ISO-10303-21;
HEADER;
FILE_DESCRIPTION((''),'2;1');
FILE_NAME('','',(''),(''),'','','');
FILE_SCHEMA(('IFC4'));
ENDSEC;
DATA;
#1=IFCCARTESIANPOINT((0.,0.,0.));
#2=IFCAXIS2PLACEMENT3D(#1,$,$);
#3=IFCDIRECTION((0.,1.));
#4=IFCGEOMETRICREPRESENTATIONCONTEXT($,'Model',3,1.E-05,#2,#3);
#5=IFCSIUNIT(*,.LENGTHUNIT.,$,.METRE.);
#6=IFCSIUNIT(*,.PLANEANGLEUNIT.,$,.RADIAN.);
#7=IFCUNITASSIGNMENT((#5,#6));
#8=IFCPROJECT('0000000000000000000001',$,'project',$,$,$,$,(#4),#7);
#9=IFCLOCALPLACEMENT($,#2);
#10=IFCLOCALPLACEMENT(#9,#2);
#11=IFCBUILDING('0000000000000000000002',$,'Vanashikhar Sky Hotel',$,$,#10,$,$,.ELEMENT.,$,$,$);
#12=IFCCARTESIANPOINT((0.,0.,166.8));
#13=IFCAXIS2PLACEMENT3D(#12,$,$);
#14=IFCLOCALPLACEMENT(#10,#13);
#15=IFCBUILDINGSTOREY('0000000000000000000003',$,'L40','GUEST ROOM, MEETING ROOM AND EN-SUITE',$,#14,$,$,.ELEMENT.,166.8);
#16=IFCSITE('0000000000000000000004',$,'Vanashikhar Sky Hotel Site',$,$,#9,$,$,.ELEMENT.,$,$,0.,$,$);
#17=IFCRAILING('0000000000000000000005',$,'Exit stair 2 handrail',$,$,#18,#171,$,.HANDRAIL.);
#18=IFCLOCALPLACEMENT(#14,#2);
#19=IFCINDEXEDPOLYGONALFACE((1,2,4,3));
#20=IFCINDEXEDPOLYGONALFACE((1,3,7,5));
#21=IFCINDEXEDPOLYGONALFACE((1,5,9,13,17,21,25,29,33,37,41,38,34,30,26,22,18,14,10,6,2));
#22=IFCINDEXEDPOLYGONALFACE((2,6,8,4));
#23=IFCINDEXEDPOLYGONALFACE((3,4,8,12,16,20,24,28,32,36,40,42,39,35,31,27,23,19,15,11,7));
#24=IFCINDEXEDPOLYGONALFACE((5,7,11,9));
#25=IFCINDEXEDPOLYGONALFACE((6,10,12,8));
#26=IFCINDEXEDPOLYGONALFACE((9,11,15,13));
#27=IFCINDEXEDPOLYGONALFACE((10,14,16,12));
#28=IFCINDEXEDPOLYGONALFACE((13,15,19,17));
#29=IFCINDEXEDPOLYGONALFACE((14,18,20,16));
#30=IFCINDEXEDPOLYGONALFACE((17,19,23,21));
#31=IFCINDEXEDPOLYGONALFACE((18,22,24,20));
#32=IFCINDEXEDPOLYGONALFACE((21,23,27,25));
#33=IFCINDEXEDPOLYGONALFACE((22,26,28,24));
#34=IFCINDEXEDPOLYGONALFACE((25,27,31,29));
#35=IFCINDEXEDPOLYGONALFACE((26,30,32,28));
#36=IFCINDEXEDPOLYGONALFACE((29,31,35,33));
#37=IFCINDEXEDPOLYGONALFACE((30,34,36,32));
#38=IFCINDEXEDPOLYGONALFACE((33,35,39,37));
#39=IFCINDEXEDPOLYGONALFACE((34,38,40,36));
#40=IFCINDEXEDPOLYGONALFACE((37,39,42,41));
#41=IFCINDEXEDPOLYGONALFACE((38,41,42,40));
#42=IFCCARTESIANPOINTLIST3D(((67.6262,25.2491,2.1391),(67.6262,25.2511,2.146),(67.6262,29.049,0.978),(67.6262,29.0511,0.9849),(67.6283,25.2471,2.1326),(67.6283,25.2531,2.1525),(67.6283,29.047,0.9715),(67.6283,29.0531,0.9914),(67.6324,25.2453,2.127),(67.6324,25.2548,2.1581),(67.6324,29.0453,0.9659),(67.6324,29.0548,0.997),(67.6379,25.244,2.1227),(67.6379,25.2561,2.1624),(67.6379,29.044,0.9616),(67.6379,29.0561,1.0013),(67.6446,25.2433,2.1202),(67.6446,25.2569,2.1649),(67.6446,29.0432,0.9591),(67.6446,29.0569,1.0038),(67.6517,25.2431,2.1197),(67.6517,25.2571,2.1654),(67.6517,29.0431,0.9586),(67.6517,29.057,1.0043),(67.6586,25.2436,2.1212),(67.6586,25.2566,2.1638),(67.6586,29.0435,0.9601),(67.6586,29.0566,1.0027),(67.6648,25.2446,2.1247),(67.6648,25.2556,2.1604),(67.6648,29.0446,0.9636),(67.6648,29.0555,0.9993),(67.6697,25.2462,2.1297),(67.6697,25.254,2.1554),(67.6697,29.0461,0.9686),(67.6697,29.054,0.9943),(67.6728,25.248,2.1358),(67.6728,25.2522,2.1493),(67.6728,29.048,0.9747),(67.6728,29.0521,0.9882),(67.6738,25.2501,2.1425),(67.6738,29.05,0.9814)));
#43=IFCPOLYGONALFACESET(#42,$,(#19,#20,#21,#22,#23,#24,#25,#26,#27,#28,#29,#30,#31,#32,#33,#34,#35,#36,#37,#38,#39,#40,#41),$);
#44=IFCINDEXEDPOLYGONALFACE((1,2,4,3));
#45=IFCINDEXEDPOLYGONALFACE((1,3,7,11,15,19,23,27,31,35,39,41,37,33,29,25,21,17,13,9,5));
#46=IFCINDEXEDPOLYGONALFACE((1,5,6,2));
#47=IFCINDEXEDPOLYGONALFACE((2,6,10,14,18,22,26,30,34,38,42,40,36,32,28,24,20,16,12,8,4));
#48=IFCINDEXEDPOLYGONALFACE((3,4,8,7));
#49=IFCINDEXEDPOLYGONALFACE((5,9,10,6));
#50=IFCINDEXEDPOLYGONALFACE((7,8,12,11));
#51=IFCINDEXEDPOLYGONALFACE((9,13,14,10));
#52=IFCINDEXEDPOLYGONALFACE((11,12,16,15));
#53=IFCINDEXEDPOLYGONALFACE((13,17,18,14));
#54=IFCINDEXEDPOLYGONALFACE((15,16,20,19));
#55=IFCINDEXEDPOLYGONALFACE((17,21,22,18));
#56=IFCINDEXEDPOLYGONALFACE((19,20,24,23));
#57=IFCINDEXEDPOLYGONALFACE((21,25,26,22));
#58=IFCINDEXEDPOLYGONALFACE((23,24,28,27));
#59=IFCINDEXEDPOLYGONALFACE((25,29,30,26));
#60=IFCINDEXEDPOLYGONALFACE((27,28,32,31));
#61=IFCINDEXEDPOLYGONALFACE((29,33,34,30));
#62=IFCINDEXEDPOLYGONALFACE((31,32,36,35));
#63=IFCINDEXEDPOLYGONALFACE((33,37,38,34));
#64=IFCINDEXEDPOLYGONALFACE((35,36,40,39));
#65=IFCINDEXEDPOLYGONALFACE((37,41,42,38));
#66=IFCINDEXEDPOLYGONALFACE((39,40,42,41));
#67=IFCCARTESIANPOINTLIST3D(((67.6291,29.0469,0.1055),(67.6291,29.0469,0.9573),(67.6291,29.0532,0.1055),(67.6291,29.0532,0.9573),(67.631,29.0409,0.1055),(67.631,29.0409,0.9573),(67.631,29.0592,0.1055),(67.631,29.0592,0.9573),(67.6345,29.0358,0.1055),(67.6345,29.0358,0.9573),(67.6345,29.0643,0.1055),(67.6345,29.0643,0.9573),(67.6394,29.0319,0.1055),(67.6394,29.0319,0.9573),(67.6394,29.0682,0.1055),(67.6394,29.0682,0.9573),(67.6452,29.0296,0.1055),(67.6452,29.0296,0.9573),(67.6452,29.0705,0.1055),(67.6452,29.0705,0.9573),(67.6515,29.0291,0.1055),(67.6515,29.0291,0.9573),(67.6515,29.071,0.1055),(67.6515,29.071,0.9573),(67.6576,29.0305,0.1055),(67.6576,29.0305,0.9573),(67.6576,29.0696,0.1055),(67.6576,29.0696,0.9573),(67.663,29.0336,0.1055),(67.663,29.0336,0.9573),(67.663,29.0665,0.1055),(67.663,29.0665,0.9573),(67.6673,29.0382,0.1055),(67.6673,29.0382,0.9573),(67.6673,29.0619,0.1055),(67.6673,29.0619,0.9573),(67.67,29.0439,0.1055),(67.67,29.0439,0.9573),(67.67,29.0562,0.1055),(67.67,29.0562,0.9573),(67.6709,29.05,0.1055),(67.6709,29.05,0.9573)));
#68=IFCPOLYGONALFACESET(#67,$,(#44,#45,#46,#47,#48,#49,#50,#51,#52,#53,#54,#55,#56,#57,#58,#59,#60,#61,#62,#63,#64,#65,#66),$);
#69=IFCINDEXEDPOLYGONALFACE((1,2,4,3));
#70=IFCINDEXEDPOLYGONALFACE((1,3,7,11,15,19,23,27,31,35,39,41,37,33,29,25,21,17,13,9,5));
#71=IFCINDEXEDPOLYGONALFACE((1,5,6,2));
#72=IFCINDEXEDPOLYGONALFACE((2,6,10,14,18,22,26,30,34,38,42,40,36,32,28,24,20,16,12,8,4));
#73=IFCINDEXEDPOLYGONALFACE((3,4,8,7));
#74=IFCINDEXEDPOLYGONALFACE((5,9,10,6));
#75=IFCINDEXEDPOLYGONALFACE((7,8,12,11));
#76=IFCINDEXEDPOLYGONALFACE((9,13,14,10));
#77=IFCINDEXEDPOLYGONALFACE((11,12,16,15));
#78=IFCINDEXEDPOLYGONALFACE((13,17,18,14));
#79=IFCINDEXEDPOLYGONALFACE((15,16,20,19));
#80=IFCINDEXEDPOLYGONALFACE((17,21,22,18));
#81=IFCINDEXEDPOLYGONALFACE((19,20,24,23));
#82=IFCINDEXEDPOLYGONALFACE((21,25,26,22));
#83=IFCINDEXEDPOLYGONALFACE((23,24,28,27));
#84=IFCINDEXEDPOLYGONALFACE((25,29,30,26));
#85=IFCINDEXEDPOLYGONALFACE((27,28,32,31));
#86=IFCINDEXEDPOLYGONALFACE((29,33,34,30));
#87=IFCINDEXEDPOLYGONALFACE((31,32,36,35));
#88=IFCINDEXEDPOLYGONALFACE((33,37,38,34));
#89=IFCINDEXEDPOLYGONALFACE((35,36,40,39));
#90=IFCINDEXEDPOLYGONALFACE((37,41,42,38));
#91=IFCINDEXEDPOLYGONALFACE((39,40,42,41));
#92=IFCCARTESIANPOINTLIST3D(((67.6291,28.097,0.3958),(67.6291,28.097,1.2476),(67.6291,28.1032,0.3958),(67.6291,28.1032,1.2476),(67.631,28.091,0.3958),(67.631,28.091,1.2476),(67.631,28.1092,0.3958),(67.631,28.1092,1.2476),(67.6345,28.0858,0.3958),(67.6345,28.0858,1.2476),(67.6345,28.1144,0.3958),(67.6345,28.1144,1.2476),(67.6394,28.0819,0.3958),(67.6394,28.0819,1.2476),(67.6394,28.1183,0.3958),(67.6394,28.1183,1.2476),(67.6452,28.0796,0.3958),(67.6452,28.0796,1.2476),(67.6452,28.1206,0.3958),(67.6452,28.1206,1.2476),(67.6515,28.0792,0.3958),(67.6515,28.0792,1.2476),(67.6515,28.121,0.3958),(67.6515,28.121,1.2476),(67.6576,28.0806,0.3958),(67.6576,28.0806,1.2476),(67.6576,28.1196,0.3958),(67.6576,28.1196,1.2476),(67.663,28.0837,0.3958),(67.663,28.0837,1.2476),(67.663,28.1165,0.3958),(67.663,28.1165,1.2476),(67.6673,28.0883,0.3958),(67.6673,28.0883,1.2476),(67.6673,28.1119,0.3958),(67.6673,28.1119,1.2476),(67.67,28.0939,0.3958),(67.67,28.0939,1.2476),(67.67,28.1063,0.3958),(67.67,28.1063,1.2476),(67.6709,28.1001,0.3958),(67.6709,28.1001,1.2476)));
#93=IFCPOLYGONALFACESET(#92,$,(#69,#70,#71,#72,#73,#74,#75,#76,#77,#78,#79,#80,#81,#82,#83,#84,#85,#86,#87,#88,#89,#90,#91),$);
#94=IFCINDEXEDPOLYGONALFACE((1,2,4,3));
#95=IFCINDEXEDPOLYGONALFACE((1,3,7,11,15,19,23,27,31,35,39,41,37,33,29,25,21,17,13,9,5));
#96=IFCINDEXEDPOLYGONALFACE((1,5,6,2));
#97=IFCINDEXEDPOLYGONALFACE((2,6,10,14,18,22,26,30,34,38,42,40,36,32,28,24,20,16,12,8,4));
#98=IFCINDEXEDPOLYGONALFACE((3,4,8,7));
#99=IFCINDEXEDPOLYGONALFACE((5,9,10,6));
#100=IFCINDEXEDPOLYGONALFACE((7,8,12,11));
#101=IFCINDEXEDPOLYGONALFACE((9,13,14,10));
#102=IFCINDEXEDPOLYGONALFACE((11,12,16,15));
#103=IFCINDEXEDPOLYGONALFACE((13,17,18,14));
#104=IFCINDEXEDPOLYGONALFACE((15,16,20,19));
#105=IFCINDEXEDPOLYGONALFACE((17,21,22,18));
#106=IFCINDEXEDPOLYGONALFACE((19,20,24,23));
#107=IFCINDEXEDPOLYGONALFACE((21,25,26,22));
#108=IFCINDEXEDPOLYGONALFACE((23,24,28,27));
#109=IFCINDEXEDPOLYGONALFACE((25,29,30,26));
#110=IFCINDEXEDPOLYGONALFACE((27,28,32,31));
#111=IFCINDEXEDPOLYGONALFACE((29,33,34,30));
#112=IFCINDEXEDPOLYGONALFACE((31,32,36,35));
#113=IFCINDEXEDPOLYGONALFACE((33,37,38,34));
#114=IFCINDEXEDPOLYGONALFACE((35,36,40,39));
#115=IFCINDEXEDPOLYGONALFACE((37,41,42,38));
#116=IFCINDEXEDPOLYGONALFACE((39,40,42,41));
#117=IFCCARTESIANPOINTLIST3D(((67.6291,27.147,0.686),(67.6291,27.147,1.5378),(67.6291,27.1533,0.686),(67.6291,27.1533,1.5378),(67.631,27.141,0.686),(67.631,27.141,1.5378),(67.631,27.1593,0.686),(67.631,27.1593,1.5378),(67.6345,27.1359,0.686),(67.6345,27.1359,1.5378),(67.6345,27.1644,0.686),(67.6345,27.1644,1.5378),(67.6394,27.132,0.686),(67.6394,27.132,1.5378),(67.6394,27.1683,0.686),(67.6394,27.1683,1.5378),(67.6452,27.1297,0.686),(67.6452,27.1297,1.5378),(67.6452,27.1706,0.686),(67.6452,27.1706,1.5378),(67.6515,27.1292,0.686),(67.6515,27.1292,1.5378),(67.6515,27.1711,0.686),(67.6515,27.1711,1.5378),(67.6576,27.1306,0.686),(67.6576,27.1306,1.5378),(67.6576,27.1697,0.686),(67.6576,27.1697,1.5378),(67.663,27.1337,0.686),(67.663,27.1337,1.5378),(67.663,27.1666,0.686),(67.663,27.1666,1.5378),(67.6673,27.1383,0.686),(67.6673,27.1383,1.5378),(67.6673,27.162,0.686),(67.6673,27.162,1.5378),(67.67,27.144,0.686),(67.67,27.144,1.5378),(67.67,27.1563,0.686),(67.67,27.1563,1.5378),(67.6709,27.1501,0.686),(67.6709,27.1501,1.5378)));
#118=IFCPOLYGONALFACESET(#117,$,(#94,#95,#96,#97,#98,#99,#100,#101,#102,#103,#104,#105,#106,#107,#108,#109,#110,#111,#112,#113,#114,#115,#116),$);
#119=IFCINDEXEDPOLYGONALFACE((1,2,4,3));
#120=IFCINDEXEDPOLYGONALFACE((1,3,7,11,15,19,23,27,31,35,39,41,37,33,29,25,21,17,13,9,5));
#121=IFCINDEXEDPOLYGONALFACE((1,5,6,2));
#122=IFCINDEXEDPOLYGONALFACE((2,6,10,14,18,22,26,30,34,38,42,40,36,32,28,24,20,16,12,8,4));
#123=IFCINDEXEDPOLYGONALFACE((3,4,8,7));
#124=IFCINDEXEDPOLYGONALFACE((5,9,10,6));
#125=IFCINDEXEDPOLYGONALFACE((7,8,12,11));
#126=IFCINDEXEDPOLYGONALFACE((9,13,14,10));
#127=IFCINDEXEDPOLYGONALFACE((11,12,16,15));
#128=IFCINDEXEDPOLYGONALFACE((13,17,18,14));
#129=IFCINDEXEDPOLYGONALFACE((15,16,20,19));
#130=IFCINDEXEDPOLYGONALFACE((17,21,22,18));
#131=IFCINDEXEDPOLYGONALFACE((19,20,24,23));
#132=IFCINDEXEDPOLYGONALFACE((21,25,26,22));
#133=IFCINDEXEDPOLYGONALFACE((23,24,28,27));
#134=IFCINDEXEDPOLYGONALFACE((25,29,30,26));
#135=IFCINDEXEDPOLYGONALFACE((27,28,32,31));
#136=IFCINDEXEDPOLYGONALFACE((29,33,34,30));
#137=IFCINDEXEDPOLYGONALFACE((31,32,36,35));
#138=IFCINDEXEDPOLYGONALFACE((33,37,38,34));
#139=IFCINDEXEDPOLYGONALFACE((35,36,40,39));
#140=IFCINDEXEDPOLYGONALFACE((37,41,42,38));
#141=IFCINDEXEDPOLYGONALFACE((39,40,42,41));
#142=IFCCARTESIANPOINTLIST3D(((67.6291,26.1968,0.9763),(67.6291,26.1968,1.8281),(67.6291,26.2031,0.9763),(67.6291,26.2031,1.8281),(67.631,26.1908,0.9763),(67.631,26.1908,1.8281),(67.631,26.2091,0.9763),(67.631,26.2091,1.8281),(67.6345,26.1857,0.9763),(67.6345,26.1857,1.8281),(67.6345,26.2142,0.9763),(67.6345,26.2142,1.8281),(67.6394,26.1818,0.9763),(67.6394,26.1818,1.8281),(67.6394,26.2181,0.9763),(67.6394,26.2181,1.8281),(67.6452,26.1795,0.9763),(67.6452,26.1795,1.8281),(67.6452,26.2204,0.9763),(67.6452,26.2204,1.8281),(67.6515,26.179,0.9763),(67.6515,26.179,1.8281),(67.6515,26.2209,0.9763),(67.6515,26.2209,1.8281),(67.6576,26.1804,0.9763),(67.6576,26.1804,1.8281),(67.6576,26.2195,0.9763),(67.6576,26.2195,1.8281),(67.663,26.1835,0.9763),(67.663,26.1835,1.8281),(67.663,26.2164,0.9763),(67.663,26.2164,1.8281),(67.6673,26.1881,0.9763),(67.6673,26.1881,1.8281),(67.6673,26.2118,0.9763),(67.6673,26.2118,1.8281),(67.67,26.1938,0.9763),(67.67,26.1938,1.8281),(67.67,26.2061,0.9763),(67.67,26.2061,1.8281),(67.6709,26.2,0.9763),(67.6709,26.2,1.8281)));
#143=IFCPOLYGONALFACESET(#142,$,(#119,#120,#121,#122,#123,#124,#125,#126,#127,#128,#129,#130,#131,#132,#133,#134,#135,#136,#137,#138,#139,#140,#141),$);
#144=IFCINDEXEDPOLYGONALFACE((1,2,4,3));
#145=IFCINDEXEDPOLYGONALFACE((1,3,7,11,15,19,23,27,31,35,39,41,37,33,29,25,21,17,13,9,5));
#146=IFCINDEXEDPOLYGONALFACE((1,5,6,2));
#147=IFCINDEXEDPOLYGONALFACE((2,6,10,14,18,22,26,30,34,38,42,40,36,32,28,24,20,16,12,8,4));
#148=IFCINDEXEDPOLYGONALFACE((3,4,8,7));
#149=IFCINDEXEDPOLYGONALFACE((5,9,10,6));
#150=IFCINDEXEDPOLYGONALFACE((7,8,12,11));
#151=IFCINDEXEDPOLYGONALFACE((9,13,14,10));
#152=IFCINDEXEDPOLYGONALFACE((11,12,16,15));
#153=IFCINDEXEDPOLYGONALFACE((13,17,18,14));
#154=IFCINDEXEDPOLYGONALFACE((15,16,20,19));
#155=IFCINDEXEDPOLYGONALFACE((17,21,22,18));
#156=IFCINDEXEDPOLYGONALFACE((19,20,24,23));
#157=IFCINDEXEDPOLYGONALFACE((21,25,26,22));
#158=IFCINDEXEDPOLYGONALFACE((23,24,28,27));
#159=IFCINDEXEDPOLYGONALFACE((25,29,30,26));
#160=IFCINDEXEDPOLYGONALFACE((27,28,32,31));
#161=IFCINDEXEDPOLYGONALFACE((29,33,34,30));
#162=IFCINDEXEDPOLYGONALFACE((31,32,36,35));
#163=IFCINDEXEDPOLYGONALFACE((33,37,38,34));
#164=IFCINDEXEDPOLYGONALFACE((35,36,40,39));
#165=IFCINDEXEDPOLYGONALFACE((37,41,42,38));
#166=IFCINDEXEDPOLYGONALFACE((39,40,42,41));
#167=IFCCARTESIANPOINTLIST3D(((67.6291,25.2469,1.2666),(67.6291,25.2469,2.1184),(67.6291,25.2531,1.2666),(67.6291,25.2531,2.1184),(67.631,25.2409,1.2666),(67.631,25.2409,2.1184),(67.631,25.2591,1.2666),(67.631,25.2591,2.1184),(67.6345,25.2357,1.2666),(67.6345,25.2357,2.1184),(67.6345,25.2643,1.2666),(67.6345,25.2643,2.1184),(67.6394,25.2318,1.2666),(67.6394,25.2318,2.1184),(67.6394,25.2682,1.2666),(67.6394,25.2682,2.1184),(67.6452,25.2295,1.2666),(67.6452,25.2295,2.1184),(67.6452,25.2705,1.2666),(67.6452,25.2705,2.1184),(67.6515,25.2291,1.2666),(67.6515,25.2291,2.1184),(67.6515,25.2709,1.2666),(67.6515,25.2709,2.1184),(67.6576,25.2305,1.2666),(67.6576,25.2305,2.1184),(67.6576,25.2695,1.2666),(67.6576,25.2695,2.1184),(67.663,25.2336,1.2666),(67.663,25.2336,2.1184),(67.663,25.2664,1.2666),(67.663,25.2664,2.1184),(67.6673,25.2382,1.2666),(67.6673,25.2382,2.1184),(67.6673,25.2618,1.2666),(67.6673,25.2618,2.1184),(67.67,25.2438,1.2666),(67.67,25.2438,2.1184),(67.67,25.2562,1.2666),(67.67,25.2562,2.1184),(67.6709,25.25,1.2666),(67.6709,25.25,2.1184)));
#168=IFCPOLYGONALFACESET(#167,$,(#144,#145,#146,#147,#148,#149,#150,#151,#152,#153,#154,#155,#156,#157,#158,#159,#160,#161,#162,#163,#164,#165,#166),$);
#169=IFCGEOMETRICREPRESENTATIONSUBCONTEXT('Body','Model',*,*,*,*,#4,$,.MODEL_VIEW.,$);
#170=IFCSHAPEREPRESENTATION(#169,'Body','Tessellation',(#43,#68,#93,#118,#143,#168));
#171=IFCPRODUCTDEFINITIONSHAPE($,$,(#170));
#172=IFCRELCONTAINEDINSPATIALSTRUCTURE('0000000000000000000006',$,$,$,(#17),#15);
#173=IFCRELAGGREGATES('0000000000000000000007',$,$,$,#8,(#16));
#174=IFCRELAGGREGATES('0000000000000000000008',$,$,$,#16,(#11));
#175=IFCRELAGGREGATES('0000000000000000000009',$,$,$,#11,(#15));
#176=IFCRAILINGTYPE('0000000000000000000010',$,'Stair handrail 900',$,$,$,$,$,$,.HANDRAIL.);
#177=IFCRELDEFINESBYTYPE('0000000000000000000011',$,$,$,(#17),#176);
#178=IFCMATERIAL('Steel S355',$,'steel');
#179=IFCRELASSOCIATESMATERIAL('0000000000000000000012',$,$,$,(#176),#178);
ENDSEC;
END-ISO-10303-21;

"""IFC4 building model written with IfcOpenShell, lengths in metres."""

from ifc_helpers import new_model, si_unit, direction, frame, origin, origin_2d, place, context, subcontext, project, spatial, circle, extrude, source, transform, mapped, material, type_object, element, save


model = new_model("IFC4")

# Units and contexts
model_context = context("Model", 3, precision=1e-05, world=origin(), true_north=direction((0.0, 1.0)))
body_context = subcontext(model_context, "Body", "Model", "MODEL_VIEW")
ifc_project = project(units=[si_unit("LENGTHUNIT", "METRE"), si_unit("PLANEANGLEUNIT", "RADIAN")], contexts=[model_context])

# Site, building, storey
site_placement = place(None, origin())
site = spatial("IfcSite", under=ifc_project, at=site_placement, Name="Vanashikhar Sky Hotel Site", CompositionType="ELEMENT", RefElevation=0.0)
building_placement = place(site_placement, origin())
building = spatial("IfcBuilding", under=site, at=building_placement, Name="Vanashikhar Sky Hotel", CompositionType="ELEMENT")
storey_placement = place(building_placement, frame((0.0, 0.0, 166.8)))
storey = spatial("IfcBuildingStorey", under=building, at=storey_placement, Name="L40", Description="GUEST ROOM, MEETING ROOM AND EN-SUITE", CompositionType="ELEMENT", Elevation=166.8)

# Railing
ifc_material_1 = material(Name="Steel S355", Category="steel")
railing_type = type_object("IfcRailingType", Name="Stair handrail 900", PredefinedType="HANDRAIL", material=ifc_material_1)
shared_shape_1 = source(origin(), body_context, "Body", "SweptSolid", [
    extrude(circle(Radius=0.0239, at=origin_2d()), frame((0.0, 0.0, 0.876), z_axis=(0.0, -0.956351, 0.29222), x_axis=(1.0, 0.0, 0.0)), (0.0, 0.0, 1.0), 3.9734),
    extrude(circle(Radius=0.021, at=origin_2d()), origin(), (0.0, 0.0, 1.0), 0.8518),
    extrude(circle(Radius=0.021, at=origin_2d()), frame((0.0, -0.95, 0.2903)), (0.0, 0.0, 1.0), 0.8518),
    extrude(circle(Radius=0.021, at=origin_2d()), frame((0.0, -1.8999, 0.5806)), (0.0, 0.0, 1.0), 0.8518),
    extrude(circle(Radius=0.021, at=origin_2d()), frame((0.0, -2.8501, 0.8708)), (0.0, 0.0, 1.0), 0.8518),
    extrude(circle(Radius=0.021, at=origin_2d()), frame((0.0, -3.8, 1.1611)), (0.0, 0.0, 1.0), 0.8518),
])
for number, where, name in (
    (1, (67.6499, 29.05, 0.1055), "Exit stair 2 handrail"),
):
    element("IfcRailing", number, at=place(storey_placement, frame(where)), inside=storey, type_object=railing_type, Name=name, PredefinedType="HANDRAIL", context=body_context, shape_type="MappedRepresentation", body=[
        mapped(shared_shape_1, transform((0.0, 0.0, 0.0), scale=1.0)),
    ])

save(model, "model.ifc")
